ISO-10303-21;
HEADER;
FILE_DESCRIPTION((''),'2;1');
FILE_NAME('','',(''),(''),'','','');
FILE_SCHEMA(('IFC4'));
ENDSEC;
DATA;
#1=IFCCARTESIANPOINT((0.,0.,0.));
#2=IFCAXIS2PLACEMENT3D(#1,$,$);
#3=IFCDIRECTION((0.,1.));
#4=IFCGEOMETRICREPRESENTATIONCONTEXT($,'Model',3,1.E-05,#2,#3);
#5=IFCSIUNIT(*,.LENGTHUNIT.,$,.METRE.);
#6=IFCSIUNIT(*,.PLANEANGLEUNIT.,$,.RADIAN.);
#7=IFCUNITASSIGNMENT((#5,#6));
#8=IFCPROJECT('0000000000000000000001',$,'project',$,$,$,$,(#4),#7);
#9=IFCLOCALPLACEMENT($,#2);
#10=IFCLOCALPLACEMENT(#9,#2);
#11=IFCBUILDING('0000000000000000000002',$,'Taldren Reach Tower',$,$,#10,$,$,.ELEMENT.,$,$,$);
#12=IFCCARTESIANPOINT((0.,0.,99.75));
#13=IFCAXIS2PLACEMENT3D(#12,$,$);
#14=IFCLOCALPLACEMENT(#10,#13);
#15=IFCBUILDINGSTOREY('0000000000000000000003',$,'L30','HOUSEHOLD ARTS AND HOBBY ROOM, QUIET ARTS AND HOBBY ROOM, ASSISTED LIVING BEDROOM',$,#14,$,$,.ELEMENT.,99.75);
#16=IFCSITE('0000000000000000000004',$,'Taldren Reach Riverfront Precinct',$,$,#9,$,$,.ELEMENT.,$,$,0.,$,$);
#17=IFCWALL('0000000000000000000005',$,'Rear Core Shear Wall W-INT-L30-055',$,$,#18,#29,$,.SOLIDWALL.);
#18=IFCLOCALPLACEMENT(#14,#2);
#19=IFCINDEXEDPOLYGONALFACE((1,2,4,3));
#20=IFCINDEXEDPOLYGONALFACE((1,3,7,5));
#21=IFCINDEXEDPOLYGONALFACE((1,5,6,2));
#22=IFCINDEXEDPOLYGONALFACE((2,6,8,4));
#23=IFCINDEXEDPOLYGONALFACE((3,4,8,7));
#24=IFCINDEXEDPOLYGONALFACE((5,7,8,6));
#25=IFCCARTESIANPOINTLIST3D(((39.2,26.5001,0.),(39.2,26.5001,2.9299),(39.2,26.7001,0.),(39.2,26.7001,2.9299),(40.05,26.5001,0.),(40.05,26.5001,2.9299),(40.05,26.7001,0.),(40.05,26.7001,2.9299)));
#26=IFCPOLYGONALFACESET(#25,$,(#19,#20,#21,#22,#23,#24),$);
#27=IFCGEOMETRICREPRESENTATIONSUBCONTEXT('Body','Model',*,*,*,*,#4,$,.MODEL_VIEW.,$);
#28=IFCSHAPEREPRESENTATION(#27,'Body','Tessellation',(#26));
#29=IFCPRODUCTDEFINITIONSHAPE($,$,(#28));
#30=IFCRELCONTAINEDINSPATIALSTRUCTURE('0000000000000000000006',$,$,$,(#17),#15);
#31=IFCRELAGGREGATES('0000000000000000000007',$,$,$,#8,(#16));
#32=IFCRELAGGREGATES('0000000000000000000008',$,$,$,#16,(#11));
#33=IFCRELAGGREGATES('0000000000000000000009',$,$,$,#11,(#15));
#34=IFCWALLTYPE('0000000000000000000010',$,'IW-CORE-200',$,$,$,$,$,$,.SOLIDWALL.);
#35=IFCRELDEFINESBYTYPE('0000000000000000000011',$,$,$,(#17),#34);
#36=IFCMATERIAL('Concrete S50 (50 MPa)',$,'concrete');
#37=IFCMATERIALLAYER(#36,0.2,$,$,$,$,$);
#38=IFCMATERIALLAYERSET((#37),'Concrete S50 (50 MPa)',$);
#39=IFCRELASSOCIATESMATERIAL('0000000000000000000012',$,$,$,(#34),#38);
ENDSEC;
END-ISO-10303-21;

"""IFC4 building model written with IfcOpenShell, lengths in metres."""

from ifc_helpers import new_model, si_unit, direction, frame, frame_2d, origin, place, context, subcontext, project, spatial, rectangle, extrude, source, transform, mapped, material, layer, layer_set, type_object, element, save


model = new_model("IFC4")

# Units and contexts
model_context = context("Model", 3, precision=1e-05, world=origin(), true_north=direction((0.0, 1.0)))
body_context = subcontext(model_context, "Body", "Model", "MODEL_VIEW")
ifc_project = project(units=[si_unit("LENGTHUNIT", "METRE"), si_unit("PLANEANGLEUNIT", "RADIAN")], contexts=[model_context])

# Site, building, storey
site_placement = place(None, origin())
site = spatial("IfcSite", under=ifc_project, at=site_placement, Name="Taldren Reach Riverfront Precinct", CompositionType="ELEMENT", RefElevation=0.0)
building_placement = place(site_placement, origin())
building = spatial("IfcBuilding", under=site, at=building_placement, Name="Taldren Reach Tower", CompositionType="ELEMENT")
storey_placement = place(building_placement, frame((0.0, 0.0, 99.75)))
storey = spatial("IfcBuildingStorey", under=building, at=storey_placement, Name="L30", Description="HOUSEHOLD ARTS AND HOBBY ROOM, QUIET ARTS AND HOBBY ROOM, ASSISTED LIVING BEDROOM", CompositionType="ELEMENT", Elevation=99.75)

# Shared definitions
ifc_material_1 = material(Name="Concrete S50 (50 MPa)", Category="concrete")
ifc_layer_1 = layer(ifc_material_1, 0.2)
ifc_layer_set_1 = layer_set([ifc_layer_1], Name="Concrete S50 (50 MPa)")
wall_type_1 = type_object("IfcWallType", Name="IW-CORE-200", PredefinedType="SOLIDWALL", material=ifc_layer_set_1)

# Wall
shared_shape_1 = source(origin(), body_context, "Body", "SweptSolid", [
    extrude(rectangle(XDim=0.8501, YDim=0.2, at=frame_2d((0.425, 0.0))), origin(), (0.0, 0.0, 1.0), 2.9299),
])
wall_1_placement = place(storey_placement, frame((39.2, 26.6001, 0.0), z_axis=(0.0, 0.0, 1.0), x_axis=(1.0, 0.0, 0.0)))
element("IfcWall", 1, at=wall_1_placement, inside=storey, type_object=wall_type_1, Name="Rear Core Shear Wall W-INT-L30-055", PredefinedType="SOLIDWALL", context=body_context, shape_type="MappedRepresentation", body=[
    mapped(shared_shape_1, transform((0.0, 0.0, 0.0), scale=1.0)),
])

save(model, "model.ifc")
